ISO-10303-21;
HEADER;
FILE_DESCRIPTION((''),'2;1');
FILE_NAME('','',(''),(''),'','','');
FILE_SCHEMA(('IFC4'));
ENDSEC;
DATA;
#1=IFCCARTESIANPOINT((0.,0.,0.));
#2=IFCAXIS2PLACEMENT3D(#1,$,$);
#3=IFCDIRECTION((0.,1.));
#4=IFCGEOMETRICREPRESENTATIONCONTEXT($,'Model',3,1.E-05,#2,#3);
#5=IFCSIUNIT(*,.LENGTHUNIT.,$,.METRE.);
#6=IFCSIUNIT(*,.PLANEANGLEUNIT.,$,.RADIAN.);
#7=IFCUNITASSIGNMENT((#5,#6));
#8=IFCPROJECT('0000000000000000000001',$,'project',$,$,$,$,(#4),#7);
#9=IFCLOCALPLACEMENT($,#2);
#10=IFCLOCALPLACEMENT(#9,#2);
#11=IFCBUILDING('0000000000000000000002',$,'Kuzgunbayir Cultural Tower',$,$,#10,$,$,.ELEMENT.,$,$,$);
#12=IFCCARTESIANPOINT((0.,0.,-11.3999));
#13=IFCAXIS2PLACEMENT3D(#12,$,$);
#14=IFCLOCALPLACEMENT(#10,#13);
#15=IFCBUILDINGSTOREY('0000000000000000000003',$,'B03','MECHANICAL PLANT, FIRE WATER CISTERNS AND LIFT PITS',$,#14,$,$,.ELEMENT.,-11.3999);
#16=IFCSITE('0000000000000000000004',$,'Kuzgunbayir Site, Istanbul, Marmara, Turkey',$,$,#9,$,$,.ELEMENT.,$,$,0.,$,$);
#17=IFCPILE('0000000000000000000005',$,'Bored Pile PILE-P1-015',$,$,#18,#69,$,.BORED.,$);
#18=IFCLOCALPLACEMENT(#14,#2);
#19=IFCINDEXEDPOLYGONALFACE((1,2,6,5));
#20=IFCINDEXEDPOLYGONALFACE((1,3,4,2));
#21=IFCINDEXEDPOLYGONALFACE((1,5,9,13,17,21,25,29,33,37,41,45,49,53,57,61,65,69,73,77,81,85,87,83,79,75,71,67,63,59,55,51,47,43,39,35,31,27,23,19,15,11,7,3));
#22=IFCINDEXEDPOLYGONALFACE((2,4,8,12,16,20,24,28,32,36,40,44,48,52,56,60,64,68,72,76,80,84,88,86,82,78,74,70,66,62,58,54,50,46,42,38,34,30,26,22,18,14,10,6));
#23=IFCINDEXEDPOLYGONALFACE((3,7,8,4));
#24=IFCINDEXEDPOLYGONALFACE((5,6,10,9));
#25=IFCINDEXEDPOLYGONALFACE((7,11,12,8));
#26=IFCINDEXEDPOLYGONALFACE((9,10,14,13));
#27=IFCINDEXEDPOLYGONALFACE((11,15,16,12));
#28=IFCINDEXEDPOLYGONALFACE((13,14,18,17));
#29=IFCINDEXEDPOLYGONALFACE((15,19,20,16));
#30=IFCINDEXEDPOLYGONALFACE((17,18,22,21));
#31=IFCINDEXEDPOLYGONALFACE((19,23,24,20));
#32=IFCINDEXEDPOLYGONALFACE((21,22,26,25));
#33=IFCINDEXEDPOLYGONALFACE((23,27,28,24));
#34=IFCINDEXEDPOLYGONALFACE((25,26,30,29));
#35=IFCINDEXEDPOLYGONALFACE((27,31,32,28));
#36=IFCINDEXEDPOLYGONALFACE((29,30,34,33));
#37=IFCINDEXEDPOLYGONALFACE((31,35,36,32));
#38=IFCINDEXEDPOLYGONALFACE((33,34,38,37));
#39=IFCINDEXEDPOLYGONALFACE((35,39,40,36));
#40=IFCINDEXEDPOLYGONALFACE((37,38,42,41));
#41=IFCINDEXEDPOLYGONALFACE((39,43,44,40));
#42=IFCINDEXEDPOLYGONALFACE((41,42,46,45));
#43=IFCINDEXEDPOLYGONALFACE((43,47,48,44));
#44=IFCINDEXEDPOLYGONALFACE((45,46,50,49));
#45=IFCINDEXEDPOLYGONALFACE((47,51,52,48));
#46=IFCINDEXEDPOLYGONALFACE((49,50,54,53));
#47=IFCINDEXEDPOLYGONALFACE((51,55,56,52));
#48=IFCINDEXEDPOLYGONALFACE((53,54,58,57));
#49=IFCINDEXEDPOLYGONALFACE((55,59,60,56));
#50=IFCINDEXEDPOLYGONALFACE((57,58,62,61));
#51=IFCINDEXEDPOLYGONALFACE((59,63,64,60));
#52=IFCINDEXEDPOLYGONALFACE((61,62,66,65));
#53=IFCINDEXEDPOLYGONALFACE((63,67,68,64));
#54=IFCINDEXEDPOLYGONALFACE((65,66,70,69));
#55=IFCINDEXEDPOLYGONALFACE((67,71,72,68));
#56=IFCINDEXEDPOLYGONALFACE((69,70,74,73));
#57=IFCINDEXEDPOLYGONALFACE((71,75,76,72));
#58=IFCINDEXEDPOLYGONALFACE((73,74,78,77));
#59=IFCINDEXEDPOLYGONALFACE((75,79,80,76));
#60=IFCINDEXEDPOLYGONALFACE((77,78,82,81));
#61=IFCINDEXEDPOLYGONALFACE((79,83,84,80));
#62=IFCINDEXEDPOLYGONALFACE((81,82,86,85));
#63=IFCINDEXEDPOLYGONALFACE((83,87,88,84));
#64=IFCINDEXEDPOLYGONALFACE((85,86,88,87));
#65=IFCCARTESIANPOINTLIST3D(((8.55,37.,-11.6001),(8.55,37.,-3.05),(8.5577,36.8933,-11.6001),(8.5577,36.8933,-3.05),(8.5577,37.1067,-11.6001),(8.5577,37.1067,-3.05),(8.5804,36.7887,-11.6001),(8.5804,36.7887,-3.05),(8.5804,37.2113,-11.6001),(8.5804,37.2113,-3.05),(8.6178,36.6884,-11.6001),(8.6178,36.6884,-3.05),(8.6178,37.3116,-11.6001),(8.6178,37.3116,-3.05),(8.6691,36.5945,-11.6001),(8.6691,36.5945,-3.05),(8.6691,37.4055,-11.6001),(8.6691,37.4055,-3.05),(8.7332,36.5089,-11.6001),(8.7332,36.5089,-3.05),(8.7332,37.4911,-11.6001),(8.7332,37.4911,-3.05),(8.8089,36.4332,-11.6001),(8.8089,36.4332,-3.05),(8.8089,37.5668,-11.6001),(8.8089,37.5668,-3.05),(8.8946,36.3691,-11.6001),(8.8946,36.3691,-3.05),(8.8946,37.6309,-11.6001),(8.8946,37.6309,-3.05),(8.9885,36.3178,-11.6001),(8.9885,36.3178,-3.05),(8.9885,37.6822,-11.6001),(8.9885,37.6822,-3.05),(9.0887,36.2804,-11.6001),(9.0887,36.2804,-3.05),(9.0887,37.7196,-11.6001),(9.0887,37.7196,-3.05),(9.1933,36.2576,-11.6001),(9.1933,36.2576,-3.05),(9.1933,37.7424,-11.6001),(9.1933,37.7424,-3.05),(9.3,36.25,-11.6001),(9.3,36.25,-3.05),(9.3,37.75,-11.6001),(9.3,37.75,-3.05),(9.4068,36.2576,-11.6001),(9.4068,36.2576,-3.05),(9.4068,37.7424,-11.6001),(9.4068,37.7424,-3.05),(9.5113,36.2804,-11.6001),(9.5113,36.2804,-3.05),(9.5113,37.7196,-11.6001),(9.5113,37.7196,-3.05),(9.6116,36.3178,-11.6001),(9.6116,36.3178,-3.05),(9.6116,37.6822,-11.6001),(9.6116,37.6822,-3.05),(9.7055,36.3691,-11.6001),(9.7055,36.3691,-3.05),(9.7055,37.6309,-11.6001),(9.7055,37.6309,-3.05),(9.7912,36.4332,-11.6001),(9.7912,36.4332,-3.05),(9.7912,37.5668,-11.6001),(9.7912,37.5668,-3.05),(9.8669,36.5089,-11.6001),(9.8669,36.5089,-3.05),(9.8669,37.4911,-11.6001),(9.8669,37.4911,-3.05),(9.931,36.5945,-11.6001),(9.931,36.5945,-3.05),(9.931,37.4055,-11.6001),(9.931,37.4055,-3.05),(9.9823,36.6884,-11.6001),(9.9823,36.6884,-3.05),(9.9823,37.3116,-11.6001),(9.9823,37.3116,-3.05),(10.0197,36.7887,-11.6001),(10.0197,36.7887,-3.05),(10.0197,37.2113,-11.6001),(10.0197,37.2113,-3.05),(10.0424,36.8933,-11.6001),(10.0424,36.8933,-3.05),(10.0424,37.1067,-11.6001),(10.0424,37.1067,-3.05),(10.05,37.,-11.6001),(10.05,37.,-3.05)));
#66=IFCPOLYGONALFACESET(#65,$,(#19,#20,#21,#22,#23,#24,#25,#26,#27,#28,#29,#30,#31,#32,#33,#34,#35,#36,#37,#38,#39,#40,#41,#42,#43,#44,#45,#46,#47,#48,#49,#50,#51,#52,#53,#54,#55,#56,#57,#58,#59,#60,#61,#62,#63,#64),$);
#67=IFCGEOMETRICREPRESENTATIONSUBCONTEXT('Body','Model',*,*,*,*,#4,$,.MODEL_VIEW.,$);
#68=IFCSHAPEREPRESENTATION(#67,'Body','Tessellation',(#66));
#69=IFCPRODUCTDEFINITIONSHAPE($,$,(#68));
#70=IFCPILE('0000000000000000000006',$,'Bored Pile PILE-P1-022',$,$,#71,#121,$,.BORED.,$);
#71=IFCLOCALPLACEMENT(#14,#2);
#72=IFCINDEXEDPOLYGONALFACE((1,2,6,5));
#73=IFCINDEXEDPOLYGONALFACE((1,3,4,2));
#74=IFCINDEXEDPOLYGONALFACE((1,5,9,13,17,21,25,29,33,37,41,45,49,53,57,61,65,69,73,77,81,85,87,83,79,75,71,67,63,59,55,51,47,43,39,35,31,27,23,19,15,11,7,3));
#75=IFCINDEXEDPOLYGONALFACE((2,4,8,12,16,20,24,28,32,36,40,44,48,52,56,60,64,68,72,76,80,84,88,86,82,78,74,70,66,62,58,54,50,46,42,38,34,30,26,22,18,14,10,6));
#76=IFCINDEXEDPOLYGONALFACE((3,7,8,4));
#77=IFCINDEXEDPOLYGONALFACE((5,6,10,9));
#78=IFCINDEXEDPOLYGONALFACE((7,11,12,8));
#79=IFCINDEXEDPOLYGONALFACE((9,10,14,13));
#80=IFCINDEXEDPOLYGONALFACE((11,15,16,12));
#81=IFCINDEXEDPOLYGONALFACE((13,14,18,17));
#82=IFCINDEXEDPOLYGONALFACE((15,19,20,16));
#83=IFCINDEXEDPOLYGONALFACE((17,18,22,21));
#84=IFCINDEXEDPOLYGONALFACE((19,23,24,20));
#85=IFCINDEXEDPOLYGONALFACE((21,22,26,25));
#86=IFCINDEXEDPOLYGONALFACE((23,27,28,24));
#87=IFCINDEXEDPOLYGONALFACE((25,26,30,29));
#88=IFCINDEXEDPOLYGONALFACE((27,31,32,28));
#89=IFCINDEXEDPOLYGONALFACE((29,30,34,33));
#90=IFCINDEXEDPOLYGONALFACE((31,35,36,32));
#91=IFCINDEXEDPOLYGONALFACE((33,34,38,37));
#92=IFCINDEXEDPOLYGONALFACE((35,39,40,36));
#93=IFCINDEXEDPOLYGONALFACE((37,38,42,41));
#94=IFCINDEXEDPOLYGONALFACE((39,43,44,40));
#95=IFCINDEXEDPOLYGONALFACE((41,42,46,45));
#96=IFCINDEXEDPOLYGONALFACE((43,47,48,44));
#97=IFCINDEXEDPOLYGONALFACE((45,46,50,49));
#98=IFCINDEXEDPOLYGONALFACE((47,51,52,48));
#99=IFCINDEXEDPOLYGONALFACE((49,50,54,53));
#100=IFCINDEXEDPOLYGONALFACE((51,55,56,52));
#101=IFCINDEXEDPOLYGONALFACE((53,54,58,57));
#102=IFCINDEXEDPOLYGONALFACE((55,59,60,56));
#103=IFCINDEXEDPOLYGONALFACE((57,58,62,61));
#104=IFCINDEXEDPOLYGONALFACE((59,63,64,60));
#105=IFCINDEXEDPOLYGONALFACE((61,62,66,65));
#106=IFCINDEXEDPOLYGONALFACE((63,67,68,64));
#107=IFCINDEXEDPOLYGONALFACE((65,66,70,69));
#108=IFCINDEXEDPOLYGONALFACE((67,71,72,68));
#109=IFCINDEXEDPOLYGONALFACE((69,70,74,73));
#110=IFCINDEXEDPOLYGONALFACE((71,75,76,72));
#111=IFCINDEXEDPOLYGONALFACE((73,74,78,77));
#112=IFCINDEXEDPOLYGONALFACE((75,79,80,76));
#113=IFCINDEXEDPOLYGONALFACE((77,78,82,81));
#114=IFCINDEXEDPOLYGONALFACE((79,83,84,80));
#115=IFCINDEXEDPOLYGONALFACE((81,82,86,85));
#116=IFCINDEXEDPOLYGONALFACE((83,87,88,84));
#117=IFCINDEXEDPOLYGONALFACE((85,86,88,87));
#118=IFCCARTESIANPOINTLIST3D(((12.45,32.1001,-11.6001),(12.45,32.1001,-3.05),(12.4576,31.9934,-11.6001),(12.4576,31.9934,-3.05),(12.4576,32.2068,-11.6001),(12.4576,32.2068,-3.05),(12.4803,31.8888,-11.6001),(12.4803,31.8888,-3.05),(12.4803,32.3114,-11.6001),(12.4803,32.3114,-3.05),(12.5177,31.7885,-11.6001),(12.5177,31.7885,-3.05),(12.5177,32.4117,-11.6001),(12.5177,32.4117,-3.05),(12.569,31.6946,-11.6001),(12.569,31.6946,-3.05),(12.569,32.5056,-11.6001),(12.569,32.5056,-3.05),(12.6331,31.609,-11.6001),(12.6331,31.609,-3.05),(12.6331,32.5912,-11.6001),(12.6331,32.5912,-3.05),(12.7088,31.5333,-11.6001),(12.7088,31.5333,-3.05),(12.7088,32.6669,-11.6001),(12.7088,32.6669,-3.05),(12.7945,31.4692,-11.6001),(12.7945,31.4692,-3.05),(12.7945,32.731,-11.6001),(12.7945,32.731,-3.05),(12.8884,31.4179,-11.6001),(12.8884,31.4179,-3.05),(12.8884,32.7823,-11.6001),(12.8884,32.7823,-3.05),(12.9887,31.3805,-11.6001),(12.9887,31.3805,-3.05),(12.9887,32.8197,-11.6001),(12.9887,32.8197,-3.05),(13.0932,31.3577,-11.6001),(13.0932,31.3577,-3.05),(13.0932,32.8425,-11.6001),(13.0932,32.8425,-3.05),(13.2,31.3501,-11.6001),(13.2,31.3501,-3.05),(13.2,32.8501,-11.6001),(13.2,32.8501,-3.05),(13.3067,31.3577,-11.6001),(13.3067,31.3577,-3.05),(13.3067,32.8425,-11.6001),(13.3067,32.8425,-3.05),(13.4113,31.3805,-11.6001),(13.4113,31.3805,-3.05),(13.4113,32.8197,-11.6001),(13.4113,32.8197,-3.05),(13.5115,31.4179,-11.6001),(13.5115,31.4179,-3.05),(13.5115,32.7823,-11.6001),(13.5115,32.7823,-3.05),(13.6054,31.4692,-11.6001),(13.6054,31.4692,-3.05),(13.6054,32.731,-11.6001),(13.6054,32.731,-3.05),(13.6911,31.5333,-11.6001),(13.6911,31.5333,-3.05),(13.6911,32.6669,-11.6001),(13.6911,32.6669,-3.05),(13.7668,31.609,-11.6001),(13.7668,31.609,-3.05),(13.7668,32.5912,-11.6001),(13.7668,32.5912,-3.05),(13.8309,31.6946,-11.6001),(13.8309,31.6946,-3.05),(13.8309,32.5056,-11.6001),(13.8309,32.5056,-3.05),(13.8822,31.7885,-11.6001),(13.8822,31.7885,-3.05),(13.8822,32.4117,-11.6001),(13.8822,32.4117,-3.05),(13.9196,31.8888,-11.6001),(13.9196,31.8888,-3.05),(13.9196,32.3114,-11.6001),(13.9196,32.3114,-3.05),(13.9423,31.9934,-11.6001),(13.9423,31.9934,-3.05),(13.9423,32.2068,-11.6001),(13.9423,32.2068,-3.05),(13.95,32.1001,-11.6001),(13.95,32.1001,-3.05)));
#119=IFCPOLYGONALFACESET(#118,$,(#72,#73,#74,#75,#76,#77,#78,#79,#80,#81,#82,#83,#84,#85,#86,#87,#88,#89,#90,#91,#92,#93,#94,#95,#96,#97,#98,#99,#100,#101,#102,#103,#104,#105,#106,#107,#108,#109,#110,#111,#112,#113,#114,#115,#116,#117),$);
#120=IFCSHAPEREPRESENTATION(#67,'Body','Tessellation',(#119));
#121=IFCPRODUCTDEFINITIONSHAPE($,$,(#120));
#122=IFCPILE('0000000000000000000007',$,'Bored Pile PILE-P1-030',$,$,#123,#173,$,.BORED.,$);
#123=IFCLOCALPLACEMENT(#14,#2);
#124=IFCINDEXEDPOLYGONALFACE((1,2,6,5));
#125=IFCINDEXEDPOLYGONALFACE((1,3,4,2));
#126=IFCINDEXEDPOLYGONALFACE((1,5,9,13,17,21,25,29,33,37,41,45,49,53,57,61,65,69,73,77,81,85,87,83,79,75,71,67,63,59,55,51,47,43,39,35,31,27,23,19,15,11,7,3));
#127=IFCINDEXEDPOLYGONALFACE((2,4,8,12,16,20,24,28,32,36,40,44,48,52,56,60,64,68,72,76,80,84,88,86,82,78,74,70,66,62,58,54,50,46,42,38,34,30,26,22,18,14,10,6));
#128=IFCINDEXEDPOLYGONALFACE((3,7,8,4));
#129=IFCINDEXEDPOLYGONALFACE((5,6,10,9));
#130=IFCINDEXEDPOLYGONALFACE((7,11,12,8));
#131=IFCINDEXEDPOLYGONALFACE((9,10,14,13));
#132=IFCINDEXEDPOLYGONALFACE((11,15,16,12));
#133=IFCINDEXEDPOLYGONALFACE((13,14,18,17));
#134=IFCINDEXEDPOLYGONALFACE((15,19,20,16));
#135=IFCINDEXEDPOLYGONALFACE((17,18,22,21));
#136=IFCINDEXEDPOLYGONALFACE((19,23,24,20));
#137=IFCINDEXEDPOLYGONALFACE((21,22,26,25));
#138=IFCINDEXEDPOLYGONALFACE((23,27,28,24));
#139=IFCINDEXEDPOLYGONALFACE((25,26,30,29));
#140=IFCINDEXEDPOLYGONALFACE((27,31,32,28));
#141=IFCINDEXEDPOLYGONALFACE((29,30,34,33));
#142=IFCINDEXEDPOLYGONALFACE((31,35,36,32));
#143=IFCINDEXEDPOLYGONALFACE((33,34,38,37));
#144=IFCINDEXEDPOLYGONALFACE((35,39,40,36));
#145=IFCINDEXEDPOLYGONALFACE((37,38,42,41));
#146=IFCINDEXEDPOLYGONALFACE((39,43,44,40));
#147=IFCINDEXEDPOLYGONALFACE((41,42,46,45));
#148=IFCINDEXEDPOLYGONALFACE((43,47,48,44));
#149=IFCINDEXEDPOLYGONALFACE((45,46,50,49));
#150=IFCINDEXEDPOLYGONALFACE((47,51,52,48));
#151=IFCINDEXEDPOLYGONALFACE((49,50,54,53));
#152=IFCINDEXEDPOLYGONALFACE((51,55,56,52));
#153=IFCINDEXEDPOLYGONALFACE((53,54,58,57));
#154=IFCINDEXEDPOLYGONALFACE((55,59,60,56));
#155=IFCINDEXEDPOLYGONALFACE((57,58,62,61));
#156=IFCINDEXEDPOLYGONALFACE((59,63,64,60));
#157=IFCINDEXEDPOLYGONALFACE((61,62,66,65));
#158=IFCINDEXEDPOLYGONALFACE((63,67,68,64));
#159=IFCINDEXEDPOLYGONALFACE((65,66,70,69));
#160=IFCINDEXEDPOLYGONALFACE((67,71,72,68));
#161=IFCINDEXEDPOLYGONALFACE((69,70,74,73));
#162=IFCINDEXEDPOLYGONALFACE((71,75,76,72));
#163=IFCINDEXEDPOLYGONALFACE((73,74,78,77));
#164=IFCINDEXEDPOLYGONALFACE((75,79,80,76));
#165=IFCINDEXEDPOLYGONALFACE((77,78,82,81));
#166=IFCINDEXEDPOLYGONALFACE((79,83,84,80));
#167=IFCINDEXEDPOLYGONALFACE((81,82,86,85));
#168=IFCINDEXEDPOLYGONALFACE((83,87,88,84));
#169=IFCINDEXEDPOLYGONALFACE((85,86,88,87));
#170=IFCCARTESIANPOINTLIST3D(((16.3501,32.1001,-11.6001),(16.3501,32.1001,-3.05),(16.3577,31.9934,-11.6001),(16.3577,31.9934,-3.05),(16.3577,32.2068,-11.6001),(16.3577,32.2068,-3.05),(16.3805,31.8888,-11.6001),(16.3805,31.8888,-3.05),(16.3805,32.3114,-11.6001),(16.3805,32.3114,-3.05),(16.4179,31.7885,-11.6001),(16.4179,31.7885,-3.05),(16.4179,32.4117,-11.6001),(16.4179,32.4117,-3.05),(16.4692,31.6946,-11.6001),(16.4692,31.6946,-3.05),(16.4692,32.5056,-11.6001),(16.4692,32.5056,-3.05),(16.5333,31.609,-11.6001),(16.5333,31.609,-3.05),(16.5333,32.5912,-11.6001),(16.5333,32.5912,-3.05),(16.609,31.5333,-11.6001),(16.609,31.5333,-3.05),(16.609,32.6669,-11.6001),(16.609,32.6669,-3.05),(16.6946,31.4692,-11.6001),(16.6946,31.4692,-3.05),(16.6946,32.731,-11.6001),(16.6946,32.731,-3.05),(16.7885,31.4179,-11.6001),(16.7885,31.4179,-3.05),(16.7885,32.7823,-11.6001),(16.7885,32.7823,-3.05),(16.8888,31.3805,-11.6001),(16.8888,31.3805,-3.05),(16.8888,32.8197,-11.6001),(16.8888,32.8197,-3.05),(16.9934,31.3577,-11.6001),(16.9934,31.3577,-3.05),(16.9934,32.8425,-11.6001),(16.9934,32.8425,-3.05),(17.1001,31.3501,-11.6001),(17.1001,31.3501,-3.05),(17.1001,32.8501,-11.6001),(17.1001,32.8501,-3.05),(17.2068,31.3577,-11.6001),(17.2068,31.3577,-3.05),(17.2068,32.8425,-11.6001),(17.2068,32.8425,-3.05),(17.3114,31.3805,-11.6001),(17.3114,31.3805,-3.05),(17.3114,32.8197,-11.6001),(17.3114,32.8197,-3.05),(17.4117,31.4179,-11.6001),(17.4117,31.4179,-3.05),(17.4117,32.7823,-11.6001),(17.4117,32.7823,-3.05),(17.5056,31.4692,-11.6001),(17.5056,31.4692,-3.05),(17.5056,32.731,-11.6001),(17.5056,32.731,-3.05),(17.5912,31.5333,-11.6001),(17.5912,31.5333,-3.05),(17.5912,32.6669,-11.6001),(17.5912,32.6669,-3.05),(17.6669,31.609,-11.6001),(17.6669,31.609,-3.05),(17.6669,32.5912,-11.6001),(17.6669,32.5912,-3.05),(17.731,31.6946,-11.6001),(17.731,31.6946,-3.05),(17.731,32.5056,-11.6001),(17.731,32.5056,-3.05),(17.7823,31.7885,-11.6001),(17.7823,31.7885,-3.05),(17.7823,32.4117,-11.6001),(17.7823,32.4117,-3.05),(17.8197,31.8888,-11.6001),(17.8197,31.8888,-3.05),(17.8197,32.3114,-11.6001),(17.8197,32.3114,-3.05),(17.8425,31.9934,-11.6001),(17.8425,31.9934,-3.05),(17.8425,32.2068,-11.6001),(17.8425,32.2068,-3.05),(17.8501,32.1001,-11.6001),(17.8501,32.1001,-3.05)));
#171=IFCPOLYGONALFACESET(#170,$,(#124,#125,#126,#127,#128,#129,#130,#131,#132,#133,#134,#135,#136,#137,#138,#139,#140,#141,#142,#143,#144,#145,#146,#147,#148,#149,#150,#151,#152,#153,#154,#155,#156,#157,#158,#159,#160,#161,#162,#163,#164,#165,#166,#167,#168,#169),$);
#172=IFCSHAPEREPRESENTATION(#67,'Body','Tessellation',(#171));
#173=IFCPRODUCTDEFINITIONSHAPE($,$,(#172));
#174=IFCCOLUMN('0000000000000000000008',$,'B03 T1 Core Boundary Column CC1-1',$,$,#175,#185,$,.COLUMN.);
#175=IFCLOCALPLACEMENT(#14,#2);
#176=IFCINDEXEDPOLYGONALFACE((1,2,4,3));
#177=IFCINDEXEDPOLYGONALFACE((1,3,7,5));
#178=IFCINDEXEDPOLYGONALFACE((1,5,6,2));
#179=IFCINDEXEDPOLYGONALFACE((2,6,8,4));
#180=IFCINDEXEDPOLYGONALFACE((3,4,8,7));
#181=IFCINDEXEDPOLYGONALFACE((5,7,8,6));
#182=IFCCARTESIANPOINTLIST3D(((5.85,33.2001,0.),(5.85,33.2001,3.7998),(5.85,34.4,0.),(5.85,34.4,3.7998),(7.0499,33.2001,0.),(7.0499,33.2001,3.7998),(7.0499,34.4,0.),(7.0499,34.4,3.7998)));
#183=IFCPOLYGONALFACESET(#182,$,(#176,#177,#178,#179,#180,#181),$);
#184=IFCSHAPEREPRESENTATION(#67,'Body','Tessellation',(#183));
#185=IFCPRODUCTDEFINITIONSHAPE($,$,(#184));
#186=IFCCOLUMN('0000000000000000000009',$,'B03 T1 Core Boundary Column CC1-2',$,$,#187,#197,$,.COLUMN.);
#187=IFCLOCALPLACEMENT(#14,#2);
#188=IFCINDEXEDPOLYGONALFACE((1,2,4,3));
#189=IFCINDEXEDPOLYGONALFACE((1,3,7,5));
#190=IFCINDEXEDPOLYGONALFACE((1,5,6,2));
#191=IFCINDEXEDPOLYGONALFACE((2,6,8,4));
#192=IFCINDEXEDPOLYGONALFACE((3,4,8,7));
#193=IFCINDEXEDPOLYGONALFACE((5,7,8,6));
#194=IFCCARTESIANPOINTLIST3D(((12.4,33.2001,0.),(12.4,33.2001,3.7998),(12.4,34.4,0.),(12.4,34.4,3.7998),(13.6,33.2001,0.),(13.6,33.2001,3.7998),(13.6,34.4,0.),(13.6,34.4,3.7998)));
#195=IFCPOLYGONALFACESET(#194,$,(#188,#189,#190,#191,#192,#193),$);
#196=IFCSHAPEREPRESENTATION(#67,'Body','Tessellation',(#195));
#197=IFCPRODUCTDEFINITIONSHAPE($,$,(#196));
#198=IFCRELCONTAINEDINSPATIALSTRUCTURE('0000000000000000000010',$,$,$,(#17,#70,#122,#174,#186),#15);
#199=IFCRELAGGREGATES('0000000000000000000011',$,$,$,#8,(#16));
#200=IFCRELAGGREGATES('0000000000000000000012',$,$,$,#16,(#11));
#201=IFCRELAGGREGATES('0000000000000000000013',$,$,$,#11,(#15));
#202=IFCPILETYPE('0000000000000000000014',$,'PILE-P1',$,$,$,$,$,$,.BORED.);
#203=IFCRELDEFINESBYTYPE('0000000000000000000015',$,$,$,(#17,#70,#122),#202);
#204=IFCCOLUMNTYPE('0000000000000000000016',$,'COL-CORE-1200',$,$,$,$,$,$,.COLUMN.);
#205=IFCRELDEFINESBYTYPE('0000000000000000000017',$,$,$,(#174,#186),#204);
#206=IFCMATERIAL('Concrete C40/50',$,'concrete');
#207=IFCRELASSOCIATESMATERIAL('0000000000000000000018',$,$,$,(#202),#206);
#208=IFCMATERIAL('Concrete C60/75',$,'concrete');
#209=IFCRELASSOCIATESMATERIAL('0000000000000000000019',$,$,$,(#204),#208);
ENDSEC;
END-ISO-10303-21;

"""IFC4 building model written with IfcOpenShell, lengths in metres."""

from ifc_helpers import new_model, si_unit, direction, frame, origin, origin_2d, place, context, subcontext, project, spatial, rectangle, circle, extrude, material, material_profile, profile_set, type_object, element, save


model = new_model("IFC4")

# Units and contexts
model_context = context("Model", 3, precision=1e-05, world=origin(), true_north=direction((0.0, 1.0)))
body_context = subcontext(model_context, "Body", "Model", "MODEL_VIEW")
ifc_project = project(units=[si_unit("LENGTHUNIT", "METRE"), si_unit("PLANEANGLEUNIT", "RADIAN")], contexts=[model_context])

# Site, building, storey
site_placement = place(None, origin())
site = spatial("IfcSite", under=ifc_project, at=site_placement, Name="Kuzgunbayir Site, Istanbul, Marmara, Turkey", CompositionType="ELEMENT", RefElevation=0.0)
building_placement = place(site_placement, origin())
building = spatial("IfcBuilding", under=site, at=building_placement, Name="Kuzgunbayir Cultural Tower", CompositionType="ELEMENT")
storey_placement = place(building_placement, frame((0.0, 0.0, -11.3999)))
storey = spatial("IfcBuildingStorey", under=building, at=storey_placement, Name="B03", Description="MECHANICAL PLANT, FIRE WATER CISTERNS AND LIFT PITS", CompositionType="ELEMENT", Elevation=-11.3999)

# Piles
ifc_material_1 = material(Name="Concrete C40/50", Category="concrete")
ifc_material_profile_1 = material_profile(ifc_material_1, circle(Radius=0.75, at=origin_2d()), Name="BORED PILE 1500")
ifc_profile_set_1 = profile_set([ifc_material_profile_1], Name="Concrete C40/50")
pile_type = type_object("IfcPileType", Name="PILE-P1", PredefinedType="BORED", material=ifc_profile_set_1)
for number, where, z_axis, x_axis, name in (
    (1, (9.3, 37.0, -3.05), (0.0, 0.0, -1.0), (1.0, 0.0, 0.0), "Bored Pile PILE-P1-015"),
    (2, (13.2, 32.1001, -3.05), (0.0, 0.0, -1.0), (1.0, 0.0, 0.0), "Bored Pile PILE-P1-022"),
    (3, (17.1001, 32.1001, -3.05), (0.0, 0.0, -1.0), (1.0, 0.0, 0.0), "Bored Pile PILE-P1-030"),
):
    element("IfcPile", number, at=place(storey_placement, frame(where, z_axis=z_axis, x_axis=x_axis)), inside=storey, type_object=pile_type, Name=name, PredefinedType="BORED", context=body_context, shape_type="SweptSolid", body=[
        extrude(circle(Radius=0.75, at=origin_2d()), origin(), (0.0, 0.0, 1.0), 8.55),
    ])

# Columns
ifc_material_2 = material(Name="Concrete C60/75", Category="concrete")
ifc_material_profile_2 = material_profile(ifc_material_2, rectangle(XDim=1.2, YDim=1.2, at=origin_2d()), Name="RC 1200x1200")
ifc_profile_set_2 = profile_set([ifc_material_profile_2], Name="Concrete C60/75")
column_type_1 = type_object("IfcColumnType", Name="COL-CORE-1200", PredefinedType="COLUMN", material=ifc_profile_set_2)
for number, where, z_axis, x_axis, name in (
    (4, (6.45, 33.8, 0.0), (0.0, 0.0, 1.0), (1.0, 0.0, 0.0), "B03 T1 Core Boundary Column CC1-1"),
    (5, (13.0, 33.8, 0.0), (0.0, 0.0, 1.0), (1.0, 0.0, 0.0), "B03 T1 Core Boundary Column CC1-2"),
):
    element("IfcColumn", number, at=place(storey_placement, frame(where, z_axis=z_axis, x_axis=x_axis)), inside=storey, type_object=column_type_1, Name=name, PredefinedType="COLUMN", context=body_context, shape_type="SweptSolid", body=[
        extrude(rectangle(XDim=1.2, YDim=1.2, at=origin_2d()), origin(), (0.0, 0.0, 1.0), 3.7998),
    ])

save(model, "model.ifc")
